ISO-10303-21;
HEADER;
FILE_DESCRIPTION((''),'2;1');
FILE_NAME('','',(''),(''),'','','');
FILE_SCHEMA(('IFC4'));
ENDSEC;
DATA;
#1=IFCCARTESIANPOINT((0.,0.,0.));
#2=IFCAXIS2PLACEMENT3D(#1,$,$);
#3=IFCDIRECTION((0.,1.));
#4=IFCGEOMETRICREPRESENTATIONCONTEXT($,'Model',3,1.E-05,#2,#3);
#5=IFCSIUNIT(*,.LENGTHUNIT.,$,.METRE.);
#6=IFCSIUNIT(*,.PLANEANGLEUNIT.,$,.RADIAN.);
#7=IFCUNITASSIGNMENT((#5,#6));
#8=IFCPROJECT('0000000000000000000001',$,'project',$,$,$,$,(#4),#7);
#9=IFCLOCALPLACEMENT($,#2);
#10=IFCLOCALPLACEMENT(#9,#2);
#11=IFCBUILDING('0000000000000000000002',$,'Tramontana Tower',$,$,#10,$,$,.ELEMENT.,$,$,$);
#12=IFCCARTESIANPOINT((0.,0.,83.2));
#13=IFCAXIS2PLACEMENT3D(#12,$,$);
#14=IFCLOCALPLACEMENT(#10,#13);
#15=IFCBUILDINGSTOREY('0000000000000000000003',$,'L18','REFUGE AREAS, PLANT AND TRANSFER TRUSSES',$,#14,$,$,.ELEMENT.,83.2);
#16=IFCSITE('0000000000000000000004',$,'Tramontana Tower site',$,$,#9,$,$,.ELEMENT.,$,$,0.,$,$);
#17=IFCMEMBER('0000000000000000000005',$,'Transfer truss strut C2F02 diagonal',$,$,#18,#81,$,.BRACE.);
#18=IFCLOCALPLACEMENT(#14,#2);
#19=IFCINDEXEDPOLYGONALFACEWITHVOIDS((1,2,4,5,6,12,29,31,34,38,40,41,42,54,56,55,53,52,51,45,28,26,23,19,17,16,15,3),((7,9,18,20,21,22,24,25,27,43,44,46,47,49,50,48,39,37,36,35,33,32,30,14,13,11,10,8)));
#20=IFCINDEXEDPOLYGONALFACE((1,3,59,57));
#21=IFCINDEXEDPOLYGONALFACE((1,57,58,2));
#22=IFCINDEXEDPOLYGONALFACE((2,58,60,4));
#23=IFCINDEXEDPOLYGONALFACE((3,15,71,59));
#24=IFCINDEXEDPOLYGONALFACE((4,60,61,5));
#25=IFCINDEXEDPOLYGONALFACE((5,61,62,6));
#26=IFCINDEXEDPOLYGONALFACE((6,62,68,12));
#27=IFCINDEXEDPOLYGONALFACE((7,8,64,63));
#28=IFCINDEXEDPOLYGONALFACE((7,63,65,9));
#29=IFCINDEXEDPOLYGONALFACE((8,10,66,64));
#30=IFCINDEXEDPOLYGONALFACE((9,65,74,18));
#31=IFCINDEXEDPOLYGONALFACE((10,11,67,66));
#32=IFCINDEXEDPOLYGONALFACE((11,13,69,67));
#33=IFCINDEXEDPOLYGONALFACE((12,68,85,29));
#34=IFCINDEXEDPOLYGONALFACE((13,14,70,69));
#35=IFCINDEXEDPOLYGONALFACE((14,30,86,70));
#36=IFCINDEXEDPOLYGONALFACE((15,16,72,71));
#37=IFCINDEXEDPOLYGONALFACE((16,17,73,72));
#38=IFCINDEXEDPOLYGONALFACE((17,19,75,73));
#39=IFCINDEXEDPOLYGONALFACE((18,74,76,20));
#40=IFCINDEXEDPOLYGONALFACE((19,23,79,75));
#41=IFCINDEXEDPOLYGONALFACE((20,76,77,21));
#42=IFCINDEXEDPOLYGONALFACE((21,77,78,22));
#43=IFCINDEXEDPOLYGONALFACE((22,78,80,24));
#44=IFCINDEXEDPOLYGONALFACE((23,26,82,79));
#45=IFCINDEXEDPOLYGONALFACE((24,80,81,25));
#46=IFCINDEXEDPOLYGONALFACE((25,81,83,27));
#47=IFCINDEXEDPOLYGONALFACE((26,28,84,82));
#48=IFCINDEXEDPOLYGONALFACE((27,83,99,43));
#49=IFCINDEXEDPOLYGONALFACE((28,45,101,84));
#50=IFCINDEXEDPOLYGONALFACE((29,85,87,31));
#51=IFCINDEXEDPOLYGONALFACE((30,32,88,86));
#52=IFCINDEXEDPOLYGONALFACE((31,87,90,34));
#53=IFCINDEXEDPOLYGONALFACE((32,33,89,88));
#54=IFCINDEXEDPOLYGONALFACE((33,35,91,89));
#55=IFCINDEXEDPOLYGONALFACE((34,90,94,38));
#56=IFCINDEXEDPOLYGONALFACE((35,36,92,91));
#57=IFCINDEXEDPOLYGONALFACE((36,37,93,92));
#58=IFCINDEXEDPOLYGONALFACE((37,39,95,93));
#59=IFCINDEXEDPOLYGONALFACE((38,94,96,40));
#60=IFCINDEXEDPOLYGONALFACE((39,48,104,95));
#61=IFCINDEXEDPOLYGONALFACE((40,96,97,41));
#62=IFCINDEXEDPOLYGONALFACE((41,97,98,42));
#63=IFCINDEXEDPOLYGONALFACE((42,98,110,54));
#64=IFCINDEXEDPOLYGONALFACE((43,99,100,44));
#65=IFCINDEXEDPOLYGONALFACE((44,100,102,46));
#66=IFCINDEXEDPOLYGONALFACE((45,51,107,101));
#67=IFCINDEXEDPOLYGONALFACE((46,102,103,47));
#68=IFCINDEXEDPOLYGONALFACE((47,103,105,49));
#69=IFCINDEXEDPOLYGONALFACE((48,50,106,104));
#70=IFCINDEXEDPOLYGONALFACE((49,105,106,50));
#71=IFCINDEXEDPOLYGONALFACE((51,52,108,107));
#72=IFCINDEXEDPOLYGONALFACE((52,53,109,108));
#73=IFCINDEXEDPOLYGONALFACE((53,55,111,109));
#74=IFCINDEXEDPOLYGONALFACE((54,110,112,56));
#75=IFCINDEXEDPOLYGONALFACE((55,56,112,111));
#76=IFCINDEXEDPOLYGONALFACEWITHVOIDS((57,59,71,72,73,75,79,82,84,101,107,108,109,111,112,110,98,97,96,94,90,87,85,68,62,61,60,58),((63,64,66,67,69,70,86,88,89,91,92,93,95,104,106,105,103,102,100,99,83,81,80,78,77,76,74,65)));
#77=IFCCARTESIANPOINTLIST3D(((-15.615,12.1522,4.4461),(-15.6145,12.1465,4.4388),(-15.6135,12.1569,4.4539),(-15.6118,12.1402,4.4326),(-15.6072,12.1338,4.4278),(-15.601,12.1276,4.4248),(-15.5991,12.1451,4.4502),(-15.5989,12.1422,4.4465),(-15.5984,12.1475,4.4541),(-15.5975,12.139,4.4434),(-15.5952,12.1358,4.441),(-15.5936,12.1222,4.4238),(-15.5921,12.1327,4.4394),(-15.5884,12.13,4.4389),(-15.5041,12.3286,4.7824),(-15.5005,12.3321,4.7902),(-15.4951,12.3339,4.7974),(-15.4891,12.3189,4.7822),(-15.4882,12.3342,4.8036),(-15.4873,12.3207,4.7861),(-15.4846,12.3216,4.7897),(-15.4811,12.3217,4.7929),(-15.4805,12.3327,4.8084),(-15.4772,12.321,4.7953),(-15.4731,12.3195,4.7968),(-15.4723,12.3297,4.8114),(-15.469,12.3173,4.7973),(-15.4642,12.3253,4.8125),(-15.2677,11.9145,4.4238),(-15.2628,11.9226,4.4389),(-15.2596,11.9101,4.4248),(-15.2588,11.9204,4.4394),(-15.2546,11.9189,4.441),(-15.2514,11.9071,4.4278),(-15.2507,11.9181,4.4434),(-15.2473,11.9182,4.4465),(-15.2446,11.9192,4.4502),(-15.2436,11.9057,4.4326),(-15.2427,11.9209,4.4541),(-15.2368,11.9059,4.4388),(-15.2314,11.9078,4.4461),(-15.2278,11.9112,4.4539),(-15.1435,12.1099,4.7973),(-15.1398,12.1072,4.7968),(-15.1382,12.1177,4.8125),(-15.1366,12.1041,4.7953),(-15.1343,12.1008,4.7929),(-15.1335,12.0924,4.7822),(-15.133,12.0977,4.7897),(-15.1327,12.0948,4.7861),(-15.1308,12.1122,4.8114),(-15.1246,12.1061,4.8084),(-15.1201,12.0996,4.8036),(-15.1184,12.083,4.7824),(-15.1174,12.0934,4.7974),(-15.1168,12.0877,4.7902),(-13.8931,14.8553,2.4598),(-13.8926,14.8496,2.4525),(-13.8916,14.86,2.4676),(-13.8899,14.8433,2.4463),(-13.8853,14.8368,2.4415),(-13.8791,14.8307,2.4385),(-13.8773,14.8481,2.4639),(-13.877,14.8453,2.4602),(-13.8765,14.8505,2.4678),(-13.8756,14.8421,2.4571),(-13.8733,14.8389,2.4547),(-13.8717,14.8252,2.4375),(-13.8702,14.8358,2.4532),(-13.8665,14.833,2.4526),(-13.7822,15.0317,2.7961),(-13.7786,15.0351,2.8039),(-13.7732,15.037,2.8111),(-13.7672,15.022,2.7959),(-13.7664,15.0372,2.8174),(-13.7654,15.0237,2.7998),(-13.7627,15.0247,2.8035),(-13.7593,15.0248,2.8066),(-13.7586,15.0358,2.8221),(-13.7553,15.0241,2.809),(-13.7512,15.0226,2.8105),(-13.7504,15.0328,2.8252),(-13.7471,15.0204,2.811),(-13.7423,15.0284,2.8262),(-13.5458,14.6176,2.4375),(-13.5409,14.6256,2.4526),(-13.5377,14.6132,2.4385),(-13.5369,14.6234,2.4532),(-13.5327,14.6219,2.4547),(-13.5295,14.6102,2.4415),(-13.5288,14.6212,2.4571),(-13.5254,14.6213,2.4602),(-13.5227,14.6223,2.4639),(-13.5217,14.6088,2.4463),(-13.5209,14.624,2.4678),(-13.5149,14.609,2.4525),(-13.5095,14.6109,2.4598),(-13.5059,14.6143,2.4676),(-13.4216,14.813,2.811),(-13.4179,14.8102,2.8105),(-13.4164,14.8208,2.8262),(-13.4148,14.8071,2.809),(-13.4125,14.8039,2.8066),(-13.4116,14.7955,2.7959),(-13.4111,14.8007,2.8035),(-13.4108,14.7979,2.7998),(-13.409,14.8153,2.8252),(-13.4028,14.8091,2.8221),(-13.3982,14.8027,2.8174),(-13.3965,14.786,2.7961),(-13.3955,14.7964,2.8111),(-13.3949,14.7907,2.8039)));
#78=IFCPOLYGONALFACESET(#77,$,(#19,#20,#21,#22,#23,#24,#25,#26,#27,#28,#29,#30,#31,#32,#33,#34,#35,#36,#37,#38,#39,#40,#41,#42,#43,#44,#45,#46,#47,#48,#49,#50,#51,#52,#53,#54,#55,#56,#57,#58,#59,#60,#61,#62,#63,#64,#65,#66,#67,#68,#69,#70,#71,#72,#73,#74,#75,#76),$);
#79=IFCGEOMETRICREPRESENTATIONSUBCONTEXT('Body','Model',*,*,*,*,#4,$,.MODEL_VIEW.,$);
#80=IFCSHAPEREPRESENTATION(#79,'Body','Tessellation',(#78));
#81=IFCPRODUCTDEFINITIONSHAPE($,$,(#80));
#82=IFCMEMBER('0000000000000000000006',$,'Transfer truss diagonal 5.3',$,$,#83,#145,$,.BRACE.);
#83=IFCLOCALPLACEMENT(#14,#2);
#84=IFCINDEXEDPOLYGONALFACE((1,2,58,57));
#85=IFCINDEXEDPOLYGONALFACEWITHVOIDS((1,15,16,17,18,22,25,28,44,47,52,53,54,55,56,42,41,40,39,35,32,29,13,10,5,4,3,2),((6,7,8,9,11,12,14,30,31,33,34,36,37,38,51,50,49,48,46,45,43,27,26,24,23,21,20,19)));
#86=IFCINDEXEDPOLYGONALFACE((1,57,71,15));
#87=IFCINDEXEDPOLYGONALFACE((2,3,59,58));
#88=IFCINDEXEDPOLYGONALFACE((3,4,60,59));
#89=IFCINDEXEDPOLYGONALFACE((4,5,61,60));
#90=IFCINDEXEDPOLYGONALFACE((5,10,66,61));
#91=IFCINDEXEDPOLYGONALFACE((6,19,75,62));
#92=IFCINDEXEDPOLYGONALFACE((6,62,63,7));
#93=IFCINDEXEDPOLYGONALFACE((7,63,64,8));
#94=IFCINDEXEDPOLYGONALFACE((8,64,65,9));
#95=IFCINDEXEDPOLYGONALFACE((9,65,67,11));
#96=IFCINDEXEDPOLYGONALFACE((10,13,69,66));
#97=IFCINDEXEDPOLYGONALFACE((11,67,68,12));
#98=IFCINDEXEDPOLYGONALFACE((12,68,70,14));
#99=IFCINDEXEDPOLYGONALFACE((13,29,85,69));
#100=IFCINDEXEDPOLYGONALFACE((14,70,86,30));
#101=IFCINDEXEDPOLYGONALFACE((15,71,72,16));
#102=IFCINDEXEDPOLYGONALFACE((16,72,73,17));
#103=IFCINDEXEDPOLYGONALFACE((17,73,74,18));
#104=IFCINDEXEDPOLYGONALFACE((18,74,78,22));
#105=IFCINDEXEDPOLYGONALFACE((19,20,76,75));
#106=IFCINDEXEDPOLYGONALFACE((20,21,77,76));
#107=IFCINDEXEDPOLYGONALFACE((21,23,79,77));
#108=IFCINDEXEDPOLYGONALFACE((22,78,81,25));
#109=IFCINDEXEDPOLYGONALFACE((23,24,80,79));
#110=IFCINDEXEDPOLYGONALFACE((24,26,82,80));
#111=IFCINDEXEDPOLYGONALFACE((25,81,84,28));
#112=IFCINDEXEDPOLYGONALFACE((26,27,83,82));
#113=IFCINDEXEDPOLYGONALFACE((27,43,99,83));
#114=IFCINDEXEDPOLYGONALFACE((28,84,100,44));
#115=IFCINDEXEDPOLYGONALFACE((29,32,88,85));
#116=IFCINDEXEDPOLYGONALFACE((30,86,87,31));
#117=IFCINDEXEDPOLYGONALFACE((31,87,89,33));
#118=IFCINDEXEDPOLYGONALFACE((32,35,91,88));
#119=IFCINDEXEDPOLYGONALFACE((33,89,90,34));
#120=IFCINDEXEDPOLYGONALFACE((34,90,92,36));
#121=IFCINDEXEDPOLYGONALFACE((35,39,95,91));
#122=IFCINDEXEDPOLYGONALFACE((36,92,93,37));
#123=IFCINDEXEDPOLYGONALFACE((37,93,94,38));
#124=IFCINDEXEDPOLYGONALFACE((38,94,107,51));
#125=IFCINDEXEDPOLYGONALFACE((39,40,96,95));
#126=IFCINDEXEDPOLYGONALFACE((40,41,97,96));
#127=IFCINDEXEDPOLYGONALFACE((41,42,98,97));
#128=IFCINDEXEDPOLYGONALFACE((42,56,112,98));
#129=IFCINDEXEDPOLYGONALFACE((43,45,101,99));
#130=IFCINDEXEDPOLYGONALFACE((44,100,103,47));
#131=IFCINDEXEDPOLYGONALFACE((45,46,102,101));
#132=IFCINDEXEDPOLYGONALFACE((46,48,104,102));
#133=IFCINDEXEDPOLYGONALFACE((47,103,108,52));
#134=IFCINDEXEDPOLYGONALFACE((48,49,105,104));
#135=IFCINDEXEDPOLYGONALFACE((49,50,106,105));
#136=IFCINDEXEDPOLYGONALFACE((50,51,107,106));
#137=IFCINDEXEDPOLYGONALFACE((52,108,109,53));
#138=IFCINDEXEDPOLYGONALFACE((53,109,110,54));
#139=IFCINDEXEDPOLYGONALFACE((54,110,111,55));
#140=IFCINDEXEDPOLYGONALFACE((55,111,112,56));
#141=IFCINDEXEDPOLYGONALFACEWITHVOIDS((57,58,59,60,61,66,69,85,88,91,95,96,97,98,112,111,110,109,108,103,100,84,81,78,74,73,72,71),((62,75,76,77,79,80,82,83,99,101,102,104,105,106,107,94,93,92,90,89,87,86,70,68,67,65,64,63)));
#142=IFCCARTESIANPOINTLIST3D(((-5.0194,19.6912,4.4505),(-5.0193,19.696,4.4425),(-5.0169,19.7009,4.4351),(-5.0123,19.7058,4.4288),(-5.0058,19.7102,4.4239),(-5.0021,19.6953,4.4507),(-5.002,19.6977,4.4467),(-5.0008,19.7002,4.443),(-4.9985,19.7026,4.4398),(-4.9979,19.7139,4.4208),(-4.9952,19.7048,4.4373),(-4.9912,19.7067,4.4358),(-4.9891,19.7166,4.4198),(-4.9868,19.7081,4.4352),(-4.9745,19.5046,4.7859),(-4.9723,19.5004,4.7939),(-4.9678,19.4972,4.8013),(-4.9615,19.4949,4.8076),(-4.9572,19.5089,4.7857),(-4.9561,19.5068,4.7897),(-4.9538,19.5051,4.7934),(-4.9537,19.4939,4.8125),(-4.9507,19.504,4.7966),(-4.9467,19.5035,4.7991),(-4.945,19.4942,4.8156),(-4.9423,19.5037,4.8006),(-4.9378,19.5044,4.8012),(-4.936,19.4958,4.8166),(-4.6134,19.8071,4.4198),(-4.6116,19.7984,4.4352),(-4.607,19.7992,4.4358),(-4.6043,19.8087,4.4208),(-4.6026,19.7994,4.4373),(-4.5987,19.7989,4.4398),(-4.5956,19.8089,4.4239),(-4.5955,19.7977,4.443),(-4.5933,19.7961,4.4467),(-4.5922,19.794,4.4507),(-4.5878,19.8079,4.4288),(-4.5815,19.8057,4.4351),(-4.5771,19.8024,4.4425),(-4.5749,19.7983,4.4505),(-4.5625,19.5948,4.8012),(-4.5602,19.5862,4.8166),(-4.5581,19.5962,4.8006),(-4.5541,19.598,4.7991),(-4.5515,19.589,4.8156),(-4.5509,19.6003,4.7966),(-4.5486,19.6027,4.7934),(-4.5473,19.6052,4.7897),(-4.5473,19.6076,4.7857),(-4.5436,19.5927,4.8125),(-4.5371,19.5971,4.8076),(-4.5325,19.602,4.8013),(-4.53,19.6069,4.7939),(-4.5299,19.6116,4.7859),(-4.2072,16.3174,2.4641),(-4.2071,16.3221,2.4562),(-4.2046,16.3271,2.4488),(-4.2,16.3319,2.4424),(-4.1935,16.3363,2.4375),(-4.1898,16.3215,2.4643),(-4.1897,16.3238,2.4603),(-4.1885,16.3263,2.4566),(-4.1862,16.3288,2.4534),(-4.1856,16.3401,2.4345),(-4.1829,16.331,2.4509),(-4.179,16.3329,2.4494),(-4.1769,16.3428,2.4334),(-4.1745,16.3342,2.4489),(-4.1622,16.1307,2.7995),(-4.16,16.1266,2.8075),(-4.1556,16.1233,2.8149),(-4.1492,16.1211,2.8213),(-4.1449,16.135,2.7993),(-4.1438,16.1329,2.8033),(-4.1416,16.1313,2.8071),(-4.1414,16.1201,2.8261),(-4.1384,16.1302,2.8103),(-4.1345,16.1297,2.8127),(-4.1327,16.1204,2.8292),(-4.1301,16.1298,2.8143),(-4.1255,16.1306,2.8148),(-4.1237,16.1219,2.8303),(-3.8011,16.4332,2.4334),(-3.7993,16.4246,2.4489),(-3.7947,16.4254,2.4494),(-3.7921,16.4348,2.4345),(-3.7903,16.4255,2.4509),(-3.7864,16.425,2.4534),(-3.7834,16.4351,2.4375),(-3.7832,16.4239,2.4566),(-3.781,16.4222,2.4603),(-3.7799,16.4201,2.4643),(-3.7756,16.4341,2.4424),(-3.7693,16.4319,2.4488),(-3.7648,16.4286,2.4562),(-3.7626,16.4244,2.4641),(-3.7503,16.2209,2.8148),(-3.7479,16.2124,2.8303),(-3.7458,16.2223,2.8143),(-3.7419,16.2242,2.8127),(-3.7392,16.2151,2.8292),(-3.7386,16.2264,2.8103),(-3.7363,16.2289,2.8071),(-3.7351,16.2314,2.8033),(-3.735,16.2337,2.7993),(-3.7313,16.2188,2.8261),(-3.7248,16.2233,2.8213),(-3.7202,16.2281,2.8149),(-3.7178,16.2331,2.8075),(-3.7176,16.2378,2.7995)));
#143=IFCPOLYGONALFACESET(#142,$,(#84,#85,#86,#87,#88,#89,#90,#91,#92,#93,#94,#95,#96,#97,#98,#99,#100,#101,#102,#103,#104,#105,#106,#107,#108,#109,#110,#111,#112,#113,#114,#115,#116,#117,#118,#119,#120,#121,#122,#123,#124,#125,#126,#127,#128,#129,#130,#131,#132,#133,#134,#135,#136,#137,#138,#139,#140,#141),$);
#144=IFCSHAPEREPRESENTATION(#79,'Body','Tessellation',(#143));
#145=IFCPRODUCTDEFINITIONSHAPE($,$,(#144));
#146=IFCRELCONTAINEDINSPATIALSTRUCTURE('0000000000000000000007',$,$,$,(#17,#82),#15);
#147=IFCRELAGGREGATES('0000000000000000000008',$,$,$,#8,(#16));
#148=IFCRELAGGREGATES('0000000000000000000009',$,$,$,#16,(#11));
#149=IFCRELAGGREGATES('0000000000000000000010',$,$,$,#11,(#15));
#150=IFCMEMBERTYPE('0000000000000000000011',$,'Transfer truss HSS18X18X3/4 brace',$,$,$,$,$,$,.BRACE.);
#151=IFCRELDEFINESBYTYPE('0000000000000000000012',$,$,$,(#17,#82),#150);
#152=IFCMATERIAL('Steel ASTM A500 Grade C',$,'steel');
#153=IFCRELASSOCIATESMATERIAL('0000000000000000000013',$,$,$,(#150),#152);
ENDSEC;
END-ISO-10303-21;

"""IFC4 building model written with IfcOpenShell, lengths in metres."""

from ifc_helpers import new_model, si_unit, direction, frame, origin, origin_2d, place, context, subcontext, project, spatial, hollow_rectangle, extrude, material, material_profile, profile_set, type_object, element, save


model = new_model("IFC4")

# Units and contexts
model_context = context("Model", 3, precision=1e-05, world=origin(), true_north=direction((0.0, 1.0)))
body_context = subcontext(model_context, "Body", "Model", "MODEL_VIEW")
ifc_project = project(units=[si_unit("LENGTHUNIT", "METRE"), si_unit("PLANEANGLEUNIT", "RADIAN")], contexts=[model_context])

# Site, building, storey
site_placement = place(None, origin())
site = spatial("IfcSite", under=ifc_project, at=site_placement, Name="Tramontana Tower site", CompositionType="ELEMENT", RefElevation=0.0)
building_placement = place(site_placement, origin())
building = spatial("IfcBuilding", under=site, at=building_placement, Name="Tramontana Tower", CompositionType="ELEMENT")
storey_placement = place(building_placement, frame((0.0, 0.0, 83.2)))
storey = spatial("IfcBuildingStorey", under=building, at=storey_placement, Name="L18", Description="REFUGE AREAS, PLANT AND TRANSFER TRUSSES", CompositionType="ELEMENT", Elevation=83.2)

# Members
ifc_material_1 = material(Name="Steel ASTM A500 Grade C", Category="steel")
ifc_material_profile_1 = material_profile(ifc_material_1, hollow_rectangle(XDim=0.4573, YDim=0.4573, WallThickness=0.0178, InnerFilletRadius=0.0178, OuterFilletRadius=0.0354, at=origin_2d()), Name="HSS18X18X3/4")
ifc_profile_set_1 = profile_set([ifc_material_profile_1], Name="Steel ASTM A500 Grade C")
member_type_1 = type_object("IfcMemberType", Name="Transfer truss HSS18X18X3/4 brace", PredefinedType="BRACE", material=ifc_profile_set_1)
member_1_placement = place(storey_placement, frame((-13.644, 14.823, 2.6318), z_axis=(-0.456671, -0.716896, 0.526794), x_axis=(0.843414, -0.537265, 0.0)))
element("IfcMember", 1, at=member_1_placement, inside=storey, type_object=member_type_1, Name="Transfer truss strut C2F02 diagonal", PredefinedType="BRACE", context=body_context, shape_type="SweptSolid", body=[
    extrude(hollow_rectangle(XDim=0.4573, YDim=0.4573, WallThickness=0.0178, InnerFilletRadius=0.0178, OuterFilletRadius=0.0354, at=origin_2d()), origin(), (0.0, 0.0, 1.0), 3.7705),
])
for number, where, z_axis, x_axis, name in (
    (2, (-3.9624, 16.2776, 2.6318), (-0.203142, 0.843771, 0.496774), (-0.97222, -0.234067, 0.0), "Transfer truss diagonal 5.3"),
):
    element("IfcMember", number, at=place(storey_placement, frame(where, z_axis=z_axis, x_axis=x_axis)), inside=storey, type_object=member_type_1, Name=name, PredefinedType="BRACE", context=body_context, shape_type="SweptSolid", body=[
        extrude(hollow_rectangle(XDim=0.4573, YDim=0.4573, WallThickness=0.0178, InnerFilletRadius=0.0178, OuterFilletRadius=0.0354, at=origin_2d()), origin(), (0.0, 0.0, 1.0), 3.9985),
    ])

save(model, "model.ifc")
